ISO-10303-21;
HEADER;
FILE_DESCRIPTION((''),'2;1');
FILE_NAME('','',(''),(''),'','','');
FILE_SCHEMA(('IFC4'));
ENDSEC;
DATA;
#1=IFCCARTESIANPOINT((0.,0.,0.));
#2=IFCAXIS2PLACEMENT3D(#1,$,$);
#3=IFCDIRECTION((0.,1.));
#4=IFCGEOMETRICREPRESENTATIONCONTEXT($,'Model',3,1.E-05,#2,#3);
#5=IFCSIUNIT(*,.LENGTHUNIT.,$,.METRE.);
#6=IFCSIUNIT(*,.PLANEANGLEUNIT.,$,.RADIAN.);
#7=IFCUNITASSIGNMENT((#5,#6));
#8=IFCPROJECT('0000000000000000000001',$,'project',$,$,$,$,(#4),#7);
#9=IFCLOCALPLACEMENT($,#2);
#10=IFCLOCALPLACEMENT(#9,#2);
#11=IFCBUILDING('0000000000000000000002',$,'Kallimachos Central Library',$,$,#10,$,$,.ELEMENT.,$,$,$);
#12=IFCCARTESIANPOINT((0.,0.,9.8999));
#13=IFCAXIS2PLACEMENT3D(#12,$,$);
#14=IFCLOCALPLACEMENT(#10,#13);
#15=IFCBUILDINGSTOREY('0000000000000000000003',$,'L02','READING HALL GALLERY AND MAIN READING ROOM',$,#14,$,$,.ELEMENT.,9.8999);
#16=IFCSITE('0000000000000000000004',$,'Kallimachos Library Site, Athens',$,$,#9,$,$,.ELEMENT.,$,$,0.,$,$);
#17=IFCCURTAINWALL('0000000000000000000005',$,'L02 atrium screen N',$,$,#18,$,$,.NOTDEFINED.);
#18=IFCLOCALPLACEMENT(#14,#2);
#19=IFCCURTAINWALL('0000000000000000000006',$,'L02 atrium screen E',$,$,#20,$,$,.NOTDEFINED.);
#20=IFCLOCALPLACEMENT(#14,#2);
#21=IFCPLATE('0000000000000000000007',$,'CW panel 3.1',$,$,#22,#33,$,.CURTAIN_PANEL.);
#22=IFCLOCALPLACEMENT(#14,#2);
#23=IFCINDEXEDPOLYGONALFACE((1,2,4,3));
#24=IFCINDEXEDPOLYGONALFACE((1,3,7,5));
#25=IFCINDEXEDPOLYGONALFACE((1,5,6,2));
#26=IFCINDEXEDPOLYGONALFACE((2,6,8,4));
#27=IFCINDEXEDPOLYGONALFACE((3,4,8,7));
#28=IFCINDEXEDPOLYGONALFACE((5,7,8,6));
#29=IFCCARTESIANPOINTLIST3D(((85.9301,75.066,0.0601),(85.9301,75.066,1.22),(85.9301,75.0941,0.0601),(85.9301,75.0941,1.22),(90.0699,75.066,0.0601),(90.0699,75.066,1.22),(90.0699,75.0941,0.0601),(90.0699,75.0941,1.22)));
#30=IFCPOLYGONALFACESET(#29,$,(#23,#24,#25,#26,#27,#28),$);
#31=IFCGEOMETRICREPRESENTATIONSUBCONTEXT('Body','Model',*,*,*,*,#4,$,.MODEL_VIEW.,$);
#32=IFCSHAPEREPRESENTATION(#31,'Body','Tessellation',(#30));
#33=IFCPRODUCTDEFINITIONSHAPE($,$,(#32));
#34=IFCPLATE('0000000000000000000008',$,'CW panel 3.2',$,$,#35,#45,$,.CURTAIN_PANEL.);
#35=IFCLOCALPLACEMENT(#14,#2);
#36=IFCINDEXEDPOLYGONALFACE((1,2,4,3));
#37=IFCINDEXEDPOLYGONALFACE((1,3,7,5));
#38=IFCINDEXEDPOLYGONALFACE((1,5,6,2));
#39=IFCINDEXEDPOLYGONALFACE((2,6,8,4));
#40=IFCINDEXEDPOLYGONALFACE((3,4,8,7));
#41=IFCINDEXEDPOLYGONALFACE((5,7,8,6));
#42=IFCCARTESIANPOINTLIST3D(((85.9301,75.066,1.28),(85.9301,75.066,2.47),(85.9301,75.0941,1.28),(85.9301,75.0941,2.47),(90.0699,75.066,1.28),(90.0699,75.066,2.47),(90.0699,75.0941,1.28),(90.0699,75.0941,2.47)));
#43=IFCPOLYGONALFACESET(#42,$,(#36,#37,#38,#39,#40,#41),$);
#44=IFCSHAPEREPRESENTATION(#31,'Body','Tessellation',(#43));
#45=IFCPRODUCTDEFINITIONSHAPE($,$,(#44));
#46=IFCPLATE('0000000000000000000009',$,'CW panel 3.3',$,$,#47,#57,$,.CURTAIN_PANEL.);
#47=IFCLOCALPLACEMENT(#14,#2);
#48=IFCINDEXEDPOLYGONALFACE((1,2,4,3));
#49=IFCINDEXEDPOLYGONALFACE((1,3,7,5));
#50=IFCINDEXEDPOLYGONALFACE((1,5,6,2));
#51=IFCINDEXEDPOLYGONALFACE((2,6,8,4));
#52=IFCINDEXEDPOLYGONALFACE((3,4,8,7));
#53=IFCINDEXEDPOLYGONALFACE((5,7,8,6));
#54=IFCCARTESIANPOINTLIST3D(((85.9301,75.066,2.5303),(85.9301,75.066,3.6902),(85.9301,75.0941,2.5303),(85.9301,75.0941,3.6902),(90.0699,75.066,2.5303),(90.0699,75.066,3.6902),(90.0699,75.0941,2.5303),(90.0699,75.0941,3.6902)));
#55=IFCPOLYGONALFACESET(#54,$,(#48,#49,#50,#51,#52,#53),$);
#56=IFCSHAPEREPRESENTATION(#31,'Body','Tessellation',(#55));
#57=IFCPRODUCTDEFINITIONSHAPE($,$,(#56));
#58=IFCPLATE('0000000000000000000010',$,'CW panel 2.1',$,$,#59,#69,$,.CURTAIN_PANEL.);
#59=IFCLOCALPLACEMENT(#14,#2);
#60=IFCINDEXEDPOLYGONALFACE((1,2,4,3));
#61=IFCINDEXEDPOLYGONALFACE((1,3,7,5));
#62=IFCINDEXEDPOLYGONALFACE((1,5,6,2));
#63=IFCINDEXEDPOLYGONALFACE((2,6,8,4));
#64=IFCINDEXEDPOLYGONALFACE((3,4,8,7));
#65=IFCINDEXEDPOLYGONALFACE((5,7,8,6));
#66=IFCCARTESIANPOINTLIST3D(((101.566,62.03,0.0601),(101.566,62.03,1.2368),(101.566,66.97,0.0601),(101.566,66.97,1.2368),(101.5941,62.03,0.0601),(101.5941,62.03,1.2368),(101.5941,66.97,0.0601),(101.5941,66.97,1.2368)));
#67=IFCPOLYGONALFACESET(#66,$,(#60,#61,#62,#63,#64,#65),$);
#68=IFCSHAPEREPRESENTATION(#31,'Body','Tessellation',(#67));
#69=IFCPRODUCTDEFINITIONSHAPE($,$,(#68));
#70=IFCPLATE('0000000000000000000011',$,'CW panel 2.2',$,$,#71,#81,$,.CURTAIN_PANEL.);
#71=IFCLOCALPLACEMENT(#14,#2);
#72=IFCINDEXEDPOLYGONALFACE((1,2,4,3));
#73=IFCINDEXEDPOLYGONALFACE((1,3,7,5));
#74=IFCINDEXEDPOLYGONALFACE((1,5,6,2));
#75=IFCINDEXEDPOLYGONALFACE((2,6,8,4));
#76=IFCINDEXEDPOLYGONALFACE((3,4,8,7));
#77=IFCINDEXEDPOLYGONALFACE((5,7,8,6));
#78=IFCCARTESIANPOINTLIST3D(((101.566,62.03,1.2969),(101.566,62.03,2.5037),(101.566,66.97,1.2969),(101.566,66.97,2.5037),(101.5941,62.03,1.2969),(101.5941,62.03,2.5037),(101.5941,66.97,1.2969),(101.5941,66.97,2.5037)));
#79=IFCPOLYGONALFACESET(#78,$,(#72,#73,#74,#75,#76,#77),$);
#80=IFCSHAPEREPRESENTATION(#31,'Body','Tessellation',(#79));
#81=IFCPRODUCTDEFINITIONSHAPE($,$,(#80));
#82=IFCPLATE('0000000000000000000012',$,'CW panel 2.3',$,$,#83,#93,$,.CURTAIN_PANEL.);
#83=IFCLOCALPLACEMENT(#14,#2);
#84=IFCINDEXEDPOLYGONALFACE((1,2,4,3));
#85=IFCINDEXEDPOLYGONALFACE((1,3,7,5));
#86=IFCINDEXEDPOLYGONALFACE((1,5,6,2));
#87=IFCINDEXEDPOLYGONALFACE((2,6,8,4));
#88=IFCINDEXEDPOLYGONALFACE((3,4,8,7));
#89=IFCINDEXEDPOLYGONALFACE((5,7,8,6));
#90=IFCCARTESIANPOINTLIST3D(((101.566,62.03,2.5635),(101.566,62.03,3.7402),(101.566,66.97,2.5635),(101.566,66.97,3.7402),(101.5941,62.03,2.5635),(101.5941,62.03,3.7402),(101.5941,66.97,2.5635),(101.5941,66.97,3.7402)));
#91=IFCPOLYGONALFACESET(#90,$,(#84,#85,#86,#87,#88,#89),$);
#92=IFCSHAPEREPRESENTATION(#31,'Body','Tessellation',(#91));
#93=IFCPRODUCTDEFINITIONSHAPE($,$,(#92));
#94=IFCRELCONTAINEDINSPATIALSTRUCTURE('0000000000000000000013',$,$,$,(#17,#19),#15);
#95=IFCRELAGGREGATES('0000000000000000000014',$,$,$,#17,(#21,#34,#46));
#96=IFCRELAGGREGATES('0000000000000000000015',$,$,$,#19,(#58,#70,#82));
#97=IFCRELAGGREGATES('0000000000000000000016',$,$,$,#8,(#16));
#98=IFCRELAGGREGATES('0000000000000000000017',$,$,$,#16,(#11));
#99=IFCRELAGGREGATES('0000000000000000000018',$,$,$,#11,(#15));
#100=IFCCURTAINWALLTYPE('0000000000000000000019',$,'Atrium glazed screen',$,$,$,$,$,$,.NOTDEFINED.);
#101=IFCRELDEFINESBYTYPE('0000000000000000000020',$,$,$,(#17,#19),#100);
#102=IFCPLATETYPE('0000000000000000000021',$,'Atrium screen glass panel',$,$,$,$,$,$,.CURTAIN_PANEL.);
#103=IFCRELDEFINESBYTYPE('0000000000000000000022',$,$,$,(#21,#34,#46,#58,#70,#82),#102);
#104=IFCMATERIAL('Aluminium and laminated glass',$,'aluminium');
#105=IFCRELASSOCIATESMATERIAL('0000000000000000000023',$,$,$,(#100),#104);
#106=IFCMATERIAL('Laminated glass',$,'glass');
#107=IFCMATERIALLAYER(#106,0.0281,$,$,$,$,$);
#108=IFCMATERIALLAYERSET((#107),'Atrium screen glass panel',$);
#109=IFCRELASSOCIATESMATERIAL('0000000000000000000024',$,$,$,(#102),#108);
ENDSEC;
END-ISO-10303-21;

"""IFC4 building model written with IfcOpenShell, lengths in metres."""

from ifc_helpers import new_model, si_unit, direction, frame, origin, origin_2d, place, context, subcontext, project, spatial, rectangle, extrude, material, layer, layer_set, type_object, element, aggregate, save


model = new_model("IFC4")

# Units and contexts
model_context = context("Model", 3, precision=1e-05, world=origin(), true_north=direction((0.0, 1.0)))
body_context = subcontext(model_context, "Body", "Model", "MODEL_VIEW")
ifc_project = project(units=[si_unit("LENGTHUNIT", "METRE"), si_unit("PLANEANGLEUNIT", "RADIAN")], contexts=[model_context])

# Site, building, storey
site_placement = place(None, origin())
site = spatial("IfcSite", under=ifc_project, at=site_placement, Name="Kallimachos Library Site, Athens", CompositionType="ELEMENT", RefElevation=0.0)
building_placement = place(site_placement, origin())
building = spatial("IfcBuilding", under=site, at=building_placement, Name="Kallimachos Central Library", CompositionType="ELEMENT")
storey_placement = place(building_placement, frame((0.0, 0.0, 9.8999)))
storey = spatial("IfcBuildingStorey", under=building, at=storey_placement, Name="L02", Description="READING HALL GALLERY AND MAIN READING ROOM", CompositionType="ELEMENT", Elevation=9.8999)

# Curtain walls
ifc_material_1 = material(Name="Aluminium and laminated glass", Category="aluminium")
curtain_wall_type = type_object("IfcCurtainWallType", Name="Atrium glazed screen", PredefinedType="NOTDEFINED", material=ifc_material_1)
curtain_wall_1_placement = place(storey_placement, origin())
curtain_wall_1 = element("IfcCurtainWall", 1, at=curtain_wall_1_placement, inside=storey, type_object=curtain_wall_type, Name="L02 atrium screen N", PredefinedType="NOTDEFINED")
curtain_wall_2_placement = place(storey_placement, origin())
curtain_wall_2 = element("IfcCurtainWall", 2, at=curtain_wall_2_placement, inside=storey, type_object=curtain_wall_type, Name="L02 atrium screen E", PredefinedType="NOTDEFINED")

# Plates
ifc_material_2 = material(Name="Laminated glass", Category="glass")
ifc_layer = layer(ifc_material_2, 0.0281)
ifc_layer_set = layer_set([ifc_layer], Name="Atrium screen glass panel")
plate_type = type_object("IfcPlateType", Name="Atrium screen glass panel", PredefinedType="CURTAIN_PANEL", material=ifc_layer_set)
plate_1_placement = place(storey_placement, frame((88.0, 75.0801, 0.0601), z_axis=(0.0, 0.0, 1.0), x_axis=(1.0, 0.0, 0.0)))
plate_1 = element("IfcPlate", 3, at=plate_1_placement, type_object=plate_type, Name="CW panel 3.1", PredefinedType="CURTAIN_PANEL", context=body_context, shape_type="SweptSolid", body=[
    extrude(rectangle(XDim=4.1399, YDim=0.0281, at=origin_2d()), origin(), (0.0, 0.0, 1.0), 1.1599),
])
plate_2_placement = place(storey_placement, frame((88.0, 75.0801, 1.28), z_axis=(0.0, 0.0, 1.0), x_axis=(1.0, 0.0, 0.0)))
plate_2 = element("IfcPlate", 4, at=plate_2_placement, type_object=plate_type, Name="CW panel 3.2", PredefinedType="CURTAIN_PANEL", context=body_context, shape_type="SweptSolid", body=[
    extrude(rectangle(XDim=4.1399, YDim=0.0281, at=origin_2d()), origin(), (0.0, 0.0, 1.0), 1.1899),
])
plate_3_placement = place(storey_placement, frame((88.0, 75.0801, 2.5303), z_axis=(0.0, 0.0, 1.0), x_axis=(1.0, 0.0, 0.0)))
plate_3 = element("IfcPlate", 5, at=plate_3_placement, type_object=plate_type, Name="CW panel 3.3", PredefinedType="CURTAIN_PANEL", context=body_context, shape_type="SweptSolid", body=[
    extrude(rectangle(XDim=4.1399, YDim=0.0281, at=origin_2d()), origin(), (0.0, 0.0, 1.0), 1.1599),
])
aggregate(curtain_wall_1, [plate_1, plate_2, plate_3])
plate_4_placement = place(storey_placement, frame((101.5801, 64.5, 0.0601), z_axis=(0.0, 0.0, 1.0), x_axis=(0.0, 1.0, 0.0)))
plate_4 = element("IfcPlate", 6, at=plate_4_placement, type_object=plate_type, Name="CW panel 2.1", PredefinedType="CURTAIN_PANEL", context=body_context, shape_type="SweptSolid", body=[
    extrude(rectangle(XDim=4.9399, YDim=0.0281, at=origin_2d()), origin(), (0.0, 0.0, 1.0), 1.1768),
])
plate_5_placement = place(storey_placement, frame((101.5801, 64.5, 1.2969), z_axis=(0.0, 0.0, 1.0), x_axis=(0.0, 1.0, 0.0)))
plate_5 = element("IfcPlate", 7, at=plate_5_placement, type_object=plate_type, Name="CW panel 2.2", PredefinedType="CURTAIN_PANEL", context=body_context, shape_type="SweptSolid", body=[
    extrude(rectangle(XDim=4.9399, YDim=0.0281, at=origin_2d()), origin(), (0.0, 0.0, 1.0), 1.2068),
])
plate_6_placement = place(storey_placement, frame((101.5801, 64.5, 2.5635), z_axis=(0.0, 0.0, 1.0), x_axis=(0.0, 1.0, 0.0)))
plate_6 = element("IfcPlate", 8, at=plate_6_placement, type_object=plate_type, Name="CW panel 2.3", PredefinedType="CURTAIN_PANEL", context=body_context, shape_type="SweptSolid", body=[
    extrude(rectangle(XDim=4.9399, YDim=0.0281, at=origin_2d()), origin(), (0.0, 0.0, 1.0), 1.1768),
])
aggregate(curtain_wall_2, [plate_4, plate_5, plate_6])

save(model, "model.ifc")
